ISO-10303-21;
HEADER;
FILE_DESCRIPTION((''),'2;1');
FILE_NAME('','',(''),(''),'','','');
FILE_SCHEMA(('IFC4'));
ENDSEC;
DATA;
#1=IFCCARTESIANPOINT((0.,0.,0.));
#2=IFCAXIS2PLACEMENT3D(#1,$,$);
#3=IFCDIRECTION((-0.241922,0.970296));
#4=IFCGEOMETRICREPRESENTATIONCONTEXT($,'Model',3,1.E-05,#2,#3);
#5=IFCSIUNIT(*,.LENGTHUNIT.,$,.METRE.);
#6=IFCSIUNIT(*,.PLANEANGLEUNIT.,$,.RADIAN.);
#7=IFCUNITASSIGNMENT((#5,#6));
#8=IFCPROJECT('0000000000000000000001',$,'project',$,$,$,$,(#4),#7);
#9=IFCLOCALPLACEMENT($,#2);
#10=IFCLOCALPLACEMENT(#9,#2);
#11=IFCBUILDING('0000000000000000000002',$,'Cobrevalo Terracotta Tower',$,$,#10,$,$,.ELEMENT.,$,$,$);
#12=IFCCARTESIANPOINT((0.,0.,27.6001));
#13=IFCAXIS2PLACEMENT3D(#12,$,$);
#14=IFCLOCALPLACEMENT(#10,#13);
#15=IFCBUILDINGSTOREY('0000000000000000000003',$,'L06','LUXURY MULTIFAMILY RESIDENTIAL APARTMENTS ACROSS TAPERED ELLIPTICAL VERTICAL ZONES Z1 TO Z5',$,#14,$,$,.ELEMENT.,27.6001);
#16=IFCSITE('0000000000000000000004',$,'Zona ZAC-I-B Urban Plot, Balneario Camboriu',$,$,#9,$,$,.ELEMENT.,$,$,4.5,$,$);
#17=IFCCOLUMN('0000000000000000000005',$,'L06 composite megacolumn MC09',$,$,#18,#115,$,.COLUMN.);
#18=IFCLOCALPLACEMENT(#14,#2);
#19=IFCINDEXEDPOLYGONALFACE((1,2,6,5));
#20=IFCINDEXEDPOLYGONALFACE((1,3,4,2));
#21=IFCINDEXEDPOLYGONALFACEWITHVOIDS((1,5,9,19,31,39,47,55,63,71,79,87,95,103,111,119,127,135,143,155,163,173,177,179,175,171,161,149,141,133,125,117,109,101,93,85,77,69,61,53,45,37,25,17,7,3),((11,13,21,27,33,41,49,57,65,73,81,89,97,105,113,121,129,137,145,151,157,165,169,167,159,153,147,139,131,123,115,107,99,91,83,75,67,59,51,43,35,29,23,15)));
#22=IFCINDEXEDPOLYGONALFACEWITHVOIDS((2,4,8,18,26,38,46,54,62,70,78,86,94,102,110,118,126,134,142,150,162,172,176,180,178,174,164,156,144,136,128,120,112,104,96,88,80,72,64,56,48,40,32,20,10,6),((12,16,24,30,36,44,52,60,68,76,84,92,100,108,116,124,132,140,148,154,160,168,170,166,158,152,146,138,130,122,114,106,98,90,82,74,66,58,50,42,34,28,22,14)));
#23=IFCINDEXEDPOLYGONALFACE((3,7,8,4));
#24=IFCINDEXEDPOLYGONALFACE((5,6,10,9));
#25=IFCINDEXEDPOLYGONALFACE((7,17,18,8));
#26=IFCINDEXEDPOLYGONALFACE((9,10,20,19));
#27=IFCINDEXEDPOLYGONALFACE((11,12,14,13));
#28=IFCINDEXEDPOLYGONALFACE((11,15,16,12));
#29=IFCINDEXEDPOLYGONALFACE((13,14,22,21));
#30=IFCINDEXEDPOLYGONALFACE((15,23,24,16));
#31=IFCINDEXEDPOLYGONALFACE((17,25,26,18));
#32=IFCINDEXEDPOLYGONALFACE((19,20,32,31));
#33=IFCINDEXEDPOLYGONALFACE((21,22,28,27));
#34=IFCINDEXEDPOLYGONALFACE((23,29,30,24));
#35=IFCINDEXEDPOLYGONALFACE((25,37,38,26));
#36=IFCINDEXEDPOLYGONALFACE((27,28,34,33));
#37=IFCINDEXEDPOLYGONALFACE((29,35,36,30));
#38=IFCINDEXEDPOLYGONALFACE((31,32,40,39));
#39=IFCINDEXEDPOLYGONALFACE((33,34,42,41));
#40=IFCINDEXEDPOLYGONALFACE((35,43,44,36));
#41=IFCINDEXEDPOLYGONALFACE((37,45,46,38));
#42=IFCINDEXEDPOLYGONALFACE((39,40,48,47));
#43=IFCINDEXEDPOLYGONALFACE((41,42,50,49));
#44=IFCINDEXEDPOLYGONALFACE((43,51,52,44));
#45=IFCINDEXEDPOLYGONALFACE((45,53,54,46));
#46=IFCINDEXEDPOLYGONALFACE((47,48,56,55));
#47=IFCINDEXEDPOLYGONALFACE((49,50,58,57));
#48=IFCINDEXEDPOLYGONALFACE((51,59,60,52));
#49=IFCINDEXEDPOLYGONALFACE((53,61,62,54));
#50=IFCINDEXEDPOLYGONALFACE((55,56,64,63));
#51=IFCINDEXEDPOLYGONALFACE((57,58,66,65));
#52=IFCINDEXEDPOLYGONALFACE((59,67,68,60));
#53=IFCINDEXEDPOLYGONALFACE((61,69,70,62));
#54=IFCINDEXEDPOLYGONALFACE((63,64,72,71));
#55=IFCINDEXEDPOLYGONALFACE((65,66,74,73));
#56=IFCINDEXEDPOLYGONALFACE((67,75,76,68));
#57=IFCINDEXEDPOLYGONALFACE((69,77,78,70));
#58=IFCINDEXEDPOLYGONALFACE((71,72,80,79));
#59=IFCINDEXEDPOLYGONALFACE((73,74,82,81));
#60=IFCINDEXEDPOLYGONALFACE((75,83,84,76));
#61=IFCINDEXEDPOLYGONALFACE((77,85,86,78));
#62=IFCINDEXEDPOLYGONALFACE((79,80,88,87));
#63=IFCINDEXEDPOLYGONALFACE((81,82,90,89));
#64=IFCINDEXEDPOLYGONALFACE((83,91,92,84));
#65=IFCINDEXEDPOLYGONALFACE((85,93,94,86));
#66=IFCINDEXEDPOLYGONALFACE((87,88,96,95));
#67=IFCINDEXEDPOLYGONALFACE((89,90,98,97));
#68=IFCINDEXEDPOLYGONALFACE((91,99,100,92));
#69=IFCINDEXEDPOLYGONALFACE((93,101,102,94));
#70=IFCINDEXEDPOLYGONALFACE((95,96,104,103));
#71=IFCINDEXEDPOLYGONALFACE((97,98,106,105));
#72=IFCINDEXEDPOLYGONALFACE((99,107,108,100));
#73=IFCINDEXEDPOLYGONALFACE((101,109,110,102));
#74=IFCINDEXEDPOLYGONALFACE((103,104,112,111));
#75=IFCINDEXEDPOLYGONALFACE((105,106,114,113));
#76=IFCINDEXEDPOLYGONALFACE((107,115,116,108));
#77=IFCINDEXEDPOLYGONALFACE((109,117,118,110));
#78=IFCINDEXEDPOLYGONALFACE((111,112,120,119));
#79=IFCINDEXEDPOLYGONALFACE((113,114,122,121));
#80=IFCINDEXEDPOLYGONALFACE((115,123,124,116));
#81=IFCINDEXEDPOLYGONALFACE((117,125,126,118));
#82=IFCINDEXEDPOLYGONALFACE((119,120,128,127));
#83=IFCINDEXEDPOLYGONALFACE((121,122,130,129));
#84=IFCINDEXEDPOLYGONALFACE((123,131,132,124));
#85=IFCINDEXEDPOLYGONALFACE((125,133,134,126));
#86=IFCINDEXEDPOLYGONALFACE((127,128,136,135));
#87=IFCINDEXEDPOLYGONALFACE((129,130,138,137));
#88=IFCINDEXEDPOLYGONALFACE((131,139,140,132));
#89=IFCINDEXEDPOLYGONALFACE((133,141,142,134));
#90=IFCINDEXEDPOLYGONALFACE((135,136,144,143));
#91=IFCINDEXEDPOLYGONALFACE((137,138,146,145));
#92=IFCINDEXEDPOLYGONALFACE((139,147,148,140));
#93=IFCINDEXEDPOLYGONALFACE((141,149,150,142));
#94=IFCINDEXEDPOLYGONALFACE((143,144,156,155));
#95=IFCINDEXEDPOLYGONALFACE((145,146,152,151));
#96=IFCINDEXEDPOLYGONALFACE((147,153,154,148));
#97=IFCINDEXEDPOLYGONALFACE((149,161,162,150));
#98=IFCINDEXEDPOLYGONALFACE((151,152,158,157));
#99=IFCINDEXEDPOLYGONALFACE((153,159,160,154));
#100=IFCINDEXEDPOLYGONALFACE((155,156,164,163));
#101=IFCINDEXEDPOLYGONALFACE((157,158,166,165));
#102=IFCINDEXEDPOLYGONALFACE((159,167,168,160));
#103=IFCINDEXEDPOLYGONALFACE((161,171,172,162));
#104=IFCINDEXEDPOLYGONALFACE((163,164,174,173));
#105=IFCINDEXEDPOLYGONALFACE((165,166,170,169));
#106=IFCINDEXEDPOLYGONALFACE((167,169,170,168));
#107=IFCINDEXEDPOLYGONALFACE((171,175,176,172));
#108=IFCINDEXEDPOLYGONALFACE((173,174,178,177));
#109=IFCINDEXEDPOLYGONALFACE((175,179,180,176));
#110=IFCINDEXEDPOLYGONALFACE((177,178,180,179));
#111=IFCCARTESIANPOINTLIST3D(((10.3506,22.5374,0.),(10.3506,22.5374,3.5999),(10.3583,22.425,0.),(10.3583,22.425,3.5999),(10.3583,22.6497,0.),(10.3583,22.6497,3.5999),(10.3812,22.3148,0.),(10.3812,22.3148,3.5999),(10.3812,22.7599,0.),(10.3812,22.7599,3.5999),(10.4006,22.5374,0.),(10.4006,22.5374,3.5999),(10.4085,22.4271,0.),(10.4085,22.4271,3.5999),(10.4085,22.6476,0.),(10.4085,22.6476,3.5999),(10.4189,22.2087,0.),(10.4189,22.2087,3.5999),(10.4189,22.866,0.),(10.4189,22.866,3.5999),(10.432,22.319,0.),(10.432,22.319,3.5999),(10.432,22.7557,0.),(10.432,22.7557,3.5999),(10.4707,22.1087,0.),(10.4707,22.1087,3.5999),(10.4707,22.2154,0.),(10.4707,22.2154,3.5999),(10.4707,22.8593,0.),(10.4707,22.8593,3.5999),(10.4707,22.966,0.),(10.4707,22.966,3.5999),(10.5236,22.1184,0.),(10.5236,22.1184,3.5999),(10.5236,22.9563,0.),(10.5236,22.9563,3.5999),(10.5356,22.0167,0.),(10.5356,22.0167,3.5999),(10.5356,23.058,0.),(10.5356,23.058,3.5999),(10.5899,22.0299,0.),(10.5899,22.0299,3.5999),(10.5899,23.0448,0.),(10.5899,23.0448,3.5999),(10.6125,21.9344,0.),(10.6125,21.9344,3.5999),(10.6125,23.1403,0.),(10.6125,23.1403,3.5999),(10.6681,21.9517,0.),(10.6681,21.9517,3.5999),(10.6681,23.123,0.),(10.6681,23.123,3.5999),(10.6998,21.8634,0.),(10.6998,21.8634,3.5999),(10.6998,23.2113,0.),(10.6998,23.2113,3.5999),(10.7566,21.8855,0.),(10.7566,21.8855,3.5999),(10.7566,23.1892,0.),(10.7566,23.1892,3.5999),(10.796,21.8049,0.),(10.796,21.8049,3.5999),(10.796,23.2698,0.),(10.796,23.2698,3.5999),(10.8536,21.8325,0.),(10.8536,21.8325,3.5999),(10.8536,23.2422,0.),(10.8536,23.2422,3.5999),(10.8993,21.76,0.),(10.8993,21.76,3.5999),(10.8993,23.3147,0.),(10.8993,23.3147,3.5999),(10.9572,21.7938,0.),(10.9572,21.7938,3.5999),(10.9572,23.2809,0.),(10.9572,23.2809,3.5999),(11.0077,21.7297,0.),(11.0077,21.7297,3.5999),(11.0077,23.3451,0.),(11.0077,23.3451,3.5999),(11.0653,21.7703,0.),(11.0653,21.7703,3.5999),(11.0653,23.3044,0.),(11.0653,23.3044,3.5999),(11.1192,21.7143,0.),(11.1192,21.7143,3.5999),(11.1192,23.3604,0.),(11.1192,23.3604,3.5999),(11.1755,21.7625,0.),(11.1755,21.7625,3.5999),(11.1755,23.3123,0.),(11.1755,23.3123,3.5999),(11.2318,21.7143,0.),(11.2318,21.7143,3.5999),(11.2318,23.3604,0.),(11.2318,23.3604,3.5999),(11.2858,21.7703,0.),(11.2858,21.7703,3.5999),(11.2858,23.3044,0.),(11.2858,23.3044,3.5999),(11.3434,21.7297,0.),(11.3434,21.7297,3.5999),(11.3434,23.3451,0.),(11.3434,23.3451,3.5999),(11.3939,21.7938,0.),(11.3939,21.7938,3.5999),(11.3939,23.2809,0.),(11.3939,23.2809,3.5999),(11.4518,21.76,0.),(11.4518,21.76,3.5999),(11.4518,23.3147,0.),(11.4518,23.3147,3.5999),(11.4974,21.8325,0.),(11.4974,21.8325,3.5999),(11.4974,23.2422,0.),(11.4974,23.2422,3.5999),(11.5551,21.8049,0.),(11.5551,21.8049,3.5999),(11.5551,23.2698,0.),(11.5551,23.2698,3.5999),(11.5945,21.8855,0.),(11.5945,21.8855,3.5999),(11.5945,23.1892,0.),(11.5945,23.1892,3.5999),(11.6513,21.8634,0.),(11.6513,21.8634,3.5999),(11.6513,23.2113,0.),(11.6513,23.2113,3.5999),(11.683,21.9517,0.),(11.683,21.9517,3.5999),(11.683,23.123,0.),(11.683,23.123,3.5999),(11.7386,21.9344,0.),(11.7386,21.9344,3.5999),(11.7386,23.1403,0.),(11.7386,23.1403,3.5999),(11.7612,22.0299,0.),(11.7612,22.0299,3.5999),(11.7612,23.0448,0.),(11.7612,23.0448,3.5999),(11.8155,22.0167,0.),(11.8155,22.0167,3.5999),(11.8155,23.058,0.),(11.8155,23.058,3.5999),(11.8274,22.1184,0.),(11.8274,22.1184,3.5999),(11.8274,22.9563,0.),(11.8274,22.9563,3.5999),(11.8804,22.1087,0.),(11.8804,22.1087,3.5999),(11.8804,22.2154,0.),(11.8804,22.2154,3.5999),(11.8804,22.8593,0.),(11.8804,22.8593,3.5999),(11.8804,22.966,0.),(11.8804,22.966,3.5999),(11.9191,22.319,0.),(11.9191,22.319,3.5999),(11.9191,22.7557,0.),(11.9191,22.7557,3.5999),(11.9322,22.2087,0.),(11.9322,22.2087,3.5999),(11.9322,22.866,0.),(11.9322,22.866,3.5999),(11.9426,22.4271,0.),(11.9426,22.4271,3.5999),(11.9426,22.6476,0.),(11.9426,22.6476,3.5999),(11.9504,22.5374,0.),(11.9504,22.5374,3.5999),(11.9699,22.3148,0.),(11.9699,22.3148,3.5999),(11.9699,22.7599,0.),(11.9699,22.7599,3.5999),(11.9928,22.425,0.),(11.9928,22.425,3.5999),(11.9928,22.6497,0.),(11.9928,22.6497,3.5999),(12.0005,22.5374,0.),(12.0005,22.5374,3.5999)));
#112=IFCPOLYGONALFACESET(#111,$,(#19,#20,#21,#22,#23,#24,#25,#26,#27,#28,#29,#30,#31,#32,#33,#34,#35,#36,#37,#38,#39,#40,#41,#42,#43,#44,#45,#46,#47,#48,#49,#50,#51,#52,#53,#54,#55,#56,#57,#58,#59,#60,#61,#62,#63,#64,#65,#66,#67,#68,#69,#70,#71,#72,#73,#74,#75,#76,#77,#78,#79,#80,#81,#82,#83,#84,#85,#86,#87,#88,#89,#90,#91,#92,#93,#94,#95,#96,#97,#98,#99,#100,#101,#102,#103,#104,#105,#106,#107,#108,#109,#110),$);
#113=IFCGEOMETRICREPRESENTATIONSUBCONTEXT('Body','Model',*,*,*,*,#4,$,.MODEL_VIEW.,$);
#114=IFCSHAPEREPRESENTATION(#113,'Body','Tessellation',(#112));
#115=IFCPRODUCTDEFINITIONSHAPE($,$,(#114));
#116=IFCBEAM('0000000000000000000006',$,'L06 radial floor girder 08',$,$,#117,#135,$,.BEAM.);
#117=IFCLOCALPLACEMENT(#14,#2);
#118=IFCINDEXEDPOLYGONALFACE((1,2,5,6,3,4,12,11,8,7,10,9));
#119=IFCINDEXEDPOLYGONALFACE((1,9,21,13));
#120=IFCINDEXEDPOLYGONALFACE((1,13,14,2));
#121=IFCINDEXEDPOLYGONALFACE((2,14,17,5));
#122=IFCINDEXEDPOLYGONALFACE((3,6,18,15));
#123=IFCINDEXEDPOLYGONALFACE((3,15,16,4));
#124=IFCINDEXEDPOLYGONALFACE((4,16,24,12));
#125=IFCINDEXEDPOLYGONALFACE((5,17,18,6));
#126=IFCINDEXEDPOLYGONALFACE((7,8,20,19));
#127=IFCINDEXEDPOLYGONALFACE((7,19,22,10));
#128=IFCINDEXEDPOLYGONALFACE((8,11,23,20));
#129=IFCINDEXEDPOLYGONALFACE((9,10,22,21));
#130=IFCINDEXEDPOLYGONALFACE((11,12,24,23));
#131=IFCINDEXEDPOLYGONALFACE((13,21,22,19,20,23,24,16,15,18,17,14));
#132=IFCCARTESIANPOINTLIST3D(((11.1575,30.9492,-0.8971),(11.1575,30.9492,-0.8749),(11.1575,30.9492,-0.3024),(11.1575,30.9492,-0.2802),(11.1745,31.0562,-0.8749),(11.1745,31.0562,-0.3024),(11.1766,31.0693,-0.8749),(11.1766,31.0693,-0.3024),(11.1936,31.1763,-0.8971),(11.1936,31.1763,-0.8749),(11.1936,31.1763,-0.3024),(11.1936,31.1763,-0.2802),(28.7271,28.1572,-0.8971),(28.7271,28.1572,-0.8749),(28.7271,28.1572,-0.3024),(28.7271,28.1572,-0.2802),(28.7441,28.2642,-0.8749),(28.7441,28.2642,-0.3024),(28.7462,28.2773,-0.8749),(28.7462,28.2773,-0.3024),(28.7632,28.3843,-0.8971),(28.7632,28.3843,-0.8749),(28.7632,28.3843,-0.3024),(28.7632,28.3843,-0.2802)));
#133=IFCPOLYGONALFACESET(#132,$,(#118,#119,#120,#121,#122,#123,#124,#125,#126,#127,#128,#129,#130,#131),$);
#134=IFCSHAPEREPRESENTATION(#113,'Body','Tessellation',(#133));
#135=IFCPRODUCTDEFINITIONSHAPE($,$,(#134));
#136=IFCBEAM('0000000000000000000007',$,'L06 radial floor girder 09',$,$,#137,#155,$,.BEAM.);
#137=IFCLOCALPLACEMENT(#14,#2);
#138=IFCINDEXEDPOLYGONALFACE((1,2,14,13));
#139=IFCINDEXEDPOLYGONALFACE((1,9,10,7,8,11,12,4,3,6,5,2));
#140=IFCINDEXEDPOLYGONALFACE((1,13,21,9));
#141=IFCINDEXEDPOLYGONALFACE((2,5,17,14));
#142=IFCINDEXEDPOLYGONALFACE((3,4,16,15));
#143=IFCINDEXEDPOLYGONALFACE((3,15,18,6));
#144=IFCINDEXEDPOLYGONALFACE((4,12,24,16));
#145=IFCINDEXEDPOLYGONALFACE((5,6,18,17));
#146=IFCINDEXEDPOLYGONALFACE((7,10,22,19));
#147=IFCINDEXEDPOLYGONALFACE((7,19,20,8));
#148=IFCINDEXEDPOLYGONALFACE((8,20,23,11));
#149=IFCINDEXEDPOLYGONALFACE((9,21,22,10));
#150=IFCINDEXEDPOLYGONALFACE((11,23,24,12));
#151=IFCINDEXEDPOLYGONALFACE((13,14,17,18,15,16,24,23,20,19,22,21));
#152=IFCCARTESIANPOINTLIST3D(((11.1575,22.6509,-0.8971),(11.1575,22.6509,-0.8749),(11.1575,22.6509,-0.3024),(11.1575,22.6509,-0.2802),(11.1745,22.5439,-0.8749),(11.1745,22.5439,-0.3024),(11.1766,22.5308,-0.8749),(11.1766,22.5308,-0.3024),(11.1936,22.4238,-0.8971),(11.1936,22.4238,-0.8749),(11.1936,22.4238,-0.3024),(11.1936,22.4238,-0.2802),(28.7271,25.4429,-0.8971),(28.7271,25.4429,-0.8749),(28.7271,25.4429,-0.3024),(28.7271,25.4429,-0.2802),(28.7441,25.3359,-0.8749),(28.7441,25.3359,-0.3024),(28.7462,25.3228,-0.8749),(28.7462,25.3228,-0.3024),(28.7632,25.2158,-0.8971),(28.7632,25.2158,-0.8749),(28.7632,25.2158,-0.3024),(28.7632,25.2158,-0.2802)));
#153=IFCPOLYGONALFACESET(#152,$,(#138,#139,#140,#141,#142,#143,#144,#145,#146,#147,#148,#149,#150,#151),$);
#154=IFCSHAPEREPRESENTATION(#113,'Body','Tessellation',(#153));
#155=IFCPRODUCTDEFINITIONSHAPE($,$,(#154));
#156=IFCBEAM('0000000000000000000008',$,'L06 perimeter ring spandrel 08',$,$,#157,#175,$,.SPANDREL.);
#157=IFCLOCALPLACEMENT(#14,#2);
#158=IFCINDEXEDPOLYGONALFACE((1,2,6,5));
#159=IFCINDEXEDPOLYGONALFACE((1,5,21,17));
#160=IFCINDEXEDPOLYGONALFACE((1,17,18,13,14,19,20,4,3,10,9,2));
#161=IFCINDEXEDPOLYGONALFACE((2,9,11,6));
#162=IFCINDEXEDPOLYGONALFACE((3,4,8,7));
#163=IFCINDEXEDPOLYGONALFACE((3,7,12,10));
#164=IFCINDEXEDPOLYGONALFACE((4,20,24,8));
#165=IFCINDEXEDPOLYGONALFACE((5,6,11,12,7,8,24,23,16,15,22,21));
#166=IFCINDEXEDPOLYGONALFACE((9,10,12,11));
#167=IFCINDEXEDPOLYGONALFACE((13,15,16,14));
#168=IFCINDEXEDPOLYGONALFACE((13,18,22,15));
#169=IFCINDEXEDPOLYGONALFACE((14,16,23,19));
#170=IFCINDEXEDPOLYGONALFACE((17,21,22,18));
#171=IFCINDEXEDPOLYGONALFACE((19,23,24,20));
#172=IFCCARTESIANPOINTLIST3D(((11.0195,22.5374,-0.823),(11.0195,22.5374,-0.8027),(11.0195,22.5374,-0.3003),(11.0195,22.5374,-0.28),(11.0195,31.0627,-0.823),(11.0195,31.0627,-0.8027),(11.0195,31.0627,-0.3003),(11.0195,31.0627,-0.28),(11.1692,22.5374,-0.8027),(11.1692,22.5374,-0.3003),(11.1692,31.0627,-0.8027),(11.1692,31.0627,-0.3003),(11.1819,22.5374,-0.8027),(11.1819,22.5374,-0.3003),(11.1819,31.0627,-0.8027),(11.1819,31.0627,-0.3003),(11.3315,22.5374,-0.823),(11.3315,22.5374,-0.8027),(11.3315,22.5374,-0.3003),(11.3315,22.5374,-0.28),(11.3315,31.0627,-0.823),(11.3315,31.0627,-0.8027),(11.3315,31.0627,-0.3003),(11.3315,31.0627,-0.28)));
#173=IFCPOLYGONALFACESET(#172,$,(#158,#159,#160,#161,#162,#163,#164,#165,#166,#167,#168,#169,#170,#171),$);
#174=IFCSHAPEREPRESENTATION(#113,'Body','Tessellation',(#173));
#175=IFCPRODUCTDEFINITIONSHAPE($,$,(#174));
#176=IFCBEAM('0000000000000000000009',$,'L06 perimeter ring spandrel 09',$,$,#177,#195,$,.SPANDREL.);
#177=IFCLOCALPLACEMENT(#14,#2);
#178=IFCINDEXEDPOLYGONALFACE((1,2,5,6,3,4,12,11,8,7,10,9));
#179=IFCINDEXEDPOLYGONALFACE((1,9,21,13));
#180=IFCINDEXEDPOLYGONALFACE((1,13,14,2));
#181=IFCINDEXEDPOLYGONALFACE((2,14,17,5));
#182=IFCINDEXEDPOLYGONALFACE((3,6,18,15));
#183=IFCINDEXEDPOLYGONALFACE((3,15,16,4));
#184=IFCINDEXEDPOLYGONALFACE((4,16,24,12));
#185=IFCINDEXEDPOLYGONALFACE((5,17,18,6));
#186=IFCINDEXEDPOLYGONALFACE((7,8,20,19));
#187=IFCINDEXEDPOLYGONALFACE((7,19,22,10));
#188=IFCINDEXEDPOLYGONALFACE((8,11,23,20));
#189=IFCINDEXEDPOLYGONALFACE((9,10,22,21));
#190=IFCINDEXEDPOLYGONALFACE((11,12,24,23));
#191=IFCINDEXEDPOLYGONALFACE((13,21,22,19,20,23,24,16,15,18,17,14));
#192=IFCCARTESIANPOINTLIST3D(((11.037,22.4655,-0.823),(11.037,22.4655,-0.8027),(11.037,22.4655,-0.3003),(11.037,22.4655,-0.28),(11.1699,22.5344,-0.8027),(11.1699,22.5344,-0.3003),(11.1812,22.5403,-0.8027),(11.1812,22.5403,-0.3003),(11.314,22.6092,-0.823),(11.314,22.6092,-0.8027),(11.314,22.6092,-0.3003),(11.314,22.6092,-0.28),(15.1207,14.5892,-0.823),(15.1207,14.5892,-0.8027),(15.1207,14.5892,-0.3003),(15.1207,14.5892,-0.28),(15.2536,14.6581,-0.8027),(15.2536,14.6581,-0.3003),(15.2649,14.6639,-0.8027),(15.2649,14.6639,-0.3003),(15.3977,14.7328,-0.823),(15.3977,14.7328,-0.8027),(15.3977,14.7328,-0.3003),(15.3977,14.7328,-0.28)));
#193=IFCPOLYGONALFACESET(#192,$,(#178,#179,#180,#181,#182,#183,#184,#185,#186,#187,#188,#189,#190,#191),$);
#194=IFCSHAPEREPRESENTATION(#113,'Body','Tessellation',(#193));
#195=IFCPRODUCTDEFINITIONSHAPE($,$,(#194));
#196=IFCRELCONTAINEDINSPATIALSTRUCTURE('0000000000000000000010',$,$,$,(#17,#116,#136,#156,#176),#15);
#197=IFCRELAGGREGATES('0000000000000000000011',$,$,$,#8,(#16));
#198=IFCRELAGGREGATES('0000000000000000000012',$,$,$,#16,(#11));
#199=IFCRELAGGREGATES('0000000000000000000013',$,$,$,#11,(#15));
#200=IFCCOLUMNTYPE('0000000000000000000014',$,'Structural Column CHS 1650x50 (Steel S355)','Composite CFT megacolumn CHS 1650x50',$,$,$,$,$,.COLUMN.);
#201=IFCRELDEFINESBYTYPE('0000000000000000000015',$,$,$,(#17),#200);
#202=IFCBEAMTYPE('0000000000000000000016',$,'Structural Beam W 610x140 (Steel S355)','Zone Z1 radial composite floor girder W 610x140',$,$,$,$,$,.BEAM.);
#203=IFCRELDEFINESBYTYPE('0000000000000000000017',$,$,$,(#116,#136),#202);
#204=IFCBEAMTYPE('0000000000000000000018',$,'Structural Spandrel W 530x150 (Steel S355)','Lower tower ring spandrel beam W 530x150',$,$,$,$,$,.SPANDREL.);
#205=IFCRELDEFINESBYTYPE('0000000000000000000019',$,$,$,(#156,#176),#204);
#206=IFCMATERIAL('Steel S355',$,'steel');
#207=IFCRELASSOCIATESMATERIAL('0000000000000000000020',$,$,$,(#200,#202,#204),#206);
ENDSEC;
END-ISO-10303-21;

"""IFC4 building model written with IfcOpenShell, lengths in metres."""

from ifc_helpers import new_model, si_unit, direction, frame, origin, origin_2d, place, context, subcontext, project, spatial, hollow_circle, i_section, extrude, material, material_profile, profile_set, type_object, element, save


model = new_model("IFC4")

# Units and contexts
model_context = context("Model", 3, precision=1e-05, world=origin(), true_north=direction((-0.241922, 0.970296)))
body_context = subcontext(model_context, "Body", "Model", "MODEL_VIEW")
ifc_project = project(units=[si_unit("LENGTHUNIT", "METRE"), si_unit("PLANEANGLEUNIT", "RADIAN")], contexts=[model_context])

# Site, building, storey
site_placement = place(None, origin())
site = spatial("IfcSite", under=ifc_project, at=site_placement, Name="Zona ZAC-I-B Urban Plot, Balneario Camboriu", CompositionType="ELEMENT", RefElevation=4.5)
building_placement = place(site_placement, origin())
building = spatial("IfcBuilding", under=site, at=building_placement, Name="Cobrevalo Terracotta Tower", CompositionType="ELEMENT")
storey_placement = place(building_placement, frame((0.0, 0.0, 27.6001)))
storey = spatial("IfcBuildingStorey", under=building, at=storey_placement, Name="L06", Description="LUXURY MULTIFAMILY RESIDENTIAL APARTMENTS ACROSS TAPERED ELLIPTICAL VERTICAL ZONES Z1 TO Z5", CompositionType="ELEMENT", Elevation=27.6001)

# Column
ifc_material_1 = material(Name="Steel S355", Category="steel")
ifc_material_profile_1 = material_profile(ifc_material_1, hollow_circle(Radius=0.825, WallThickness=0.05, at=origin_2d()), Name="CHS 1650x50")
ifc_profile_set_1 = profile_set([ifc_material_profile_1], Name="Steel S355")
column_type = type_object("IfcColumnType", Name="Structural Column CHS 1650x50 (Steel S355)", Description="Composite CFT megacolumn CHS 1650x50", PredefinedType="COLUMN", material=ifc_profile_set_1)
for number, where, z_axis, x_axis, name in (
    (1, (11.1755, 22.5374, 0.0), (0.0, 0.0, 1.0), (1.0, 0.0, 0.0), "L06 composite megacolumn MC09"),
):
    element("IfcColumn", number, at=place(storey_placement, frame(where, z_axis=z_axis, x_axis=x_axis)), inside=storey, type_object=column_type, Name=name, PredefinedType="COLUMN", context=body_context, shape_type="SweptSolid", body=[
        extrude(hollow_circle(Radius=0.825, WallThickness=0.05, at=origin_2d()), origin(), (0.0, 0.0, 1.0), 3.5999),
    ])

# Beams
ifc_material_profile_2 = material_profile(ifc_material_1, i_section(OverallWidth=0.23, OverallDepth=0.6169, WebThickness=0.0132, FlangeThickness=0.0222, at=origin_2d()), Name="W 610x140")
ifc_profile_set_2 = profile_set([ifc_material_profile_2], Name="Steel S355")
beam_type_1 = type_object("IfcBeamType", Name="Structural Beam W 610x140 (Steel S355)", Description="Zone Z1 radial composite floor girder W 610x140", PredefinedType="BEAM", material=ifc_profile_set_2)
for number, where, z_axis, x_axis, name in (
    (2, (11.1755, 31.0627, -0.5886), (0.987608, -0.156941, 0.0), (0.156941, 0.987608, 0.0), "L06 radial floor girder 08"),
    (3, (11.1755, 22.5374, -0.5886), (0.987608, 0.156941, 0.0), (-0.156941, 0.987608, 0.0), "L06 radial floor girder 09"),
):
    element("IfcBeam", number, at=place(storey_placement, frame(where, z_axis=z_axis, x_axis=x_axis)), inside=storey, type_object=beam_type_1, Name=name, PredefinedType="BEAM", context=body_context, shape_type="SweptSolid", body=[
        extrude(i_section(OverallWidth=0.23, OverallDepth=0.6169, WebThickness=0.0132, FlangeThickness=0.0222, at=origin_2d()), origin(), (0.0, 0.0, 1.0), 17.79),
    ])
ifc_material_profile_3 = material_profile(ifc_material_1, i_section(OverallWidth=0.312, OverallDepth=0.543, WebThickness=0.0127, FlangeThickness=0.0203, at=origin_2d()), Name="W 530x150")
ifc_profile_set_3 = profile_set([ifc_material_profile_3], Name="Steel S355")
beam_type_2 = type_object("IfcBeamType", Name="Structural Spandrel W 530x150 (Steel S355)", Description="Lower tower ring spandrel beam W 530x150", PredefinedType="SPANDREL", material=ifc_profile_set_3)
beam_1_placement = place(storey_placement, frame((11.1755, 31.0627, -0.5515), z_axis=(0.0, -1.0, 0.0), x_axis=(1.0, 0.0, 0.0)))
element("IfcBeam", 4, at=beam_1_placement, inside=storey, type_object=beam_type_2, Name="L06 perimeter ring spandrel 08", PredefinedType="SPANDREL", context=body_context, shape_type="SweptSolid", body=[
    extrude(i_section(OverallWidth=0.312, OverallDepth=0.543, WebThickness=0.0127, FlangeThickness=0.0203, at=origin_2d()), origin(), (0.0, 0.0, 1.0), 8.5254),
])
beam_2_placement = place(storey_placement, frame((11.1755, 22.5374, -0.5515), z_axis=(0.460286, -0.887771, 0.0), x_axis=(0.887771, 0.460286, 0.0)))
element("IfcBeam", 5, at=beam_2_placement, inside=storey, type_object=beam_type_2, Name="L06 perimeter ring spandrel 09", PredefinedType="SPANDREL", context=body_context, shape_type="SweptSolid", body=[
    extrude(i_section(OverallWidth=0.312, OverallDepth=0.543, WebThickness=0.0127, FlangeThickness=0.0203, at=origin_2d()), origin(), (0.0, 0.0, 1.0), 8.8721),
])

save(model, "model.ifc")
